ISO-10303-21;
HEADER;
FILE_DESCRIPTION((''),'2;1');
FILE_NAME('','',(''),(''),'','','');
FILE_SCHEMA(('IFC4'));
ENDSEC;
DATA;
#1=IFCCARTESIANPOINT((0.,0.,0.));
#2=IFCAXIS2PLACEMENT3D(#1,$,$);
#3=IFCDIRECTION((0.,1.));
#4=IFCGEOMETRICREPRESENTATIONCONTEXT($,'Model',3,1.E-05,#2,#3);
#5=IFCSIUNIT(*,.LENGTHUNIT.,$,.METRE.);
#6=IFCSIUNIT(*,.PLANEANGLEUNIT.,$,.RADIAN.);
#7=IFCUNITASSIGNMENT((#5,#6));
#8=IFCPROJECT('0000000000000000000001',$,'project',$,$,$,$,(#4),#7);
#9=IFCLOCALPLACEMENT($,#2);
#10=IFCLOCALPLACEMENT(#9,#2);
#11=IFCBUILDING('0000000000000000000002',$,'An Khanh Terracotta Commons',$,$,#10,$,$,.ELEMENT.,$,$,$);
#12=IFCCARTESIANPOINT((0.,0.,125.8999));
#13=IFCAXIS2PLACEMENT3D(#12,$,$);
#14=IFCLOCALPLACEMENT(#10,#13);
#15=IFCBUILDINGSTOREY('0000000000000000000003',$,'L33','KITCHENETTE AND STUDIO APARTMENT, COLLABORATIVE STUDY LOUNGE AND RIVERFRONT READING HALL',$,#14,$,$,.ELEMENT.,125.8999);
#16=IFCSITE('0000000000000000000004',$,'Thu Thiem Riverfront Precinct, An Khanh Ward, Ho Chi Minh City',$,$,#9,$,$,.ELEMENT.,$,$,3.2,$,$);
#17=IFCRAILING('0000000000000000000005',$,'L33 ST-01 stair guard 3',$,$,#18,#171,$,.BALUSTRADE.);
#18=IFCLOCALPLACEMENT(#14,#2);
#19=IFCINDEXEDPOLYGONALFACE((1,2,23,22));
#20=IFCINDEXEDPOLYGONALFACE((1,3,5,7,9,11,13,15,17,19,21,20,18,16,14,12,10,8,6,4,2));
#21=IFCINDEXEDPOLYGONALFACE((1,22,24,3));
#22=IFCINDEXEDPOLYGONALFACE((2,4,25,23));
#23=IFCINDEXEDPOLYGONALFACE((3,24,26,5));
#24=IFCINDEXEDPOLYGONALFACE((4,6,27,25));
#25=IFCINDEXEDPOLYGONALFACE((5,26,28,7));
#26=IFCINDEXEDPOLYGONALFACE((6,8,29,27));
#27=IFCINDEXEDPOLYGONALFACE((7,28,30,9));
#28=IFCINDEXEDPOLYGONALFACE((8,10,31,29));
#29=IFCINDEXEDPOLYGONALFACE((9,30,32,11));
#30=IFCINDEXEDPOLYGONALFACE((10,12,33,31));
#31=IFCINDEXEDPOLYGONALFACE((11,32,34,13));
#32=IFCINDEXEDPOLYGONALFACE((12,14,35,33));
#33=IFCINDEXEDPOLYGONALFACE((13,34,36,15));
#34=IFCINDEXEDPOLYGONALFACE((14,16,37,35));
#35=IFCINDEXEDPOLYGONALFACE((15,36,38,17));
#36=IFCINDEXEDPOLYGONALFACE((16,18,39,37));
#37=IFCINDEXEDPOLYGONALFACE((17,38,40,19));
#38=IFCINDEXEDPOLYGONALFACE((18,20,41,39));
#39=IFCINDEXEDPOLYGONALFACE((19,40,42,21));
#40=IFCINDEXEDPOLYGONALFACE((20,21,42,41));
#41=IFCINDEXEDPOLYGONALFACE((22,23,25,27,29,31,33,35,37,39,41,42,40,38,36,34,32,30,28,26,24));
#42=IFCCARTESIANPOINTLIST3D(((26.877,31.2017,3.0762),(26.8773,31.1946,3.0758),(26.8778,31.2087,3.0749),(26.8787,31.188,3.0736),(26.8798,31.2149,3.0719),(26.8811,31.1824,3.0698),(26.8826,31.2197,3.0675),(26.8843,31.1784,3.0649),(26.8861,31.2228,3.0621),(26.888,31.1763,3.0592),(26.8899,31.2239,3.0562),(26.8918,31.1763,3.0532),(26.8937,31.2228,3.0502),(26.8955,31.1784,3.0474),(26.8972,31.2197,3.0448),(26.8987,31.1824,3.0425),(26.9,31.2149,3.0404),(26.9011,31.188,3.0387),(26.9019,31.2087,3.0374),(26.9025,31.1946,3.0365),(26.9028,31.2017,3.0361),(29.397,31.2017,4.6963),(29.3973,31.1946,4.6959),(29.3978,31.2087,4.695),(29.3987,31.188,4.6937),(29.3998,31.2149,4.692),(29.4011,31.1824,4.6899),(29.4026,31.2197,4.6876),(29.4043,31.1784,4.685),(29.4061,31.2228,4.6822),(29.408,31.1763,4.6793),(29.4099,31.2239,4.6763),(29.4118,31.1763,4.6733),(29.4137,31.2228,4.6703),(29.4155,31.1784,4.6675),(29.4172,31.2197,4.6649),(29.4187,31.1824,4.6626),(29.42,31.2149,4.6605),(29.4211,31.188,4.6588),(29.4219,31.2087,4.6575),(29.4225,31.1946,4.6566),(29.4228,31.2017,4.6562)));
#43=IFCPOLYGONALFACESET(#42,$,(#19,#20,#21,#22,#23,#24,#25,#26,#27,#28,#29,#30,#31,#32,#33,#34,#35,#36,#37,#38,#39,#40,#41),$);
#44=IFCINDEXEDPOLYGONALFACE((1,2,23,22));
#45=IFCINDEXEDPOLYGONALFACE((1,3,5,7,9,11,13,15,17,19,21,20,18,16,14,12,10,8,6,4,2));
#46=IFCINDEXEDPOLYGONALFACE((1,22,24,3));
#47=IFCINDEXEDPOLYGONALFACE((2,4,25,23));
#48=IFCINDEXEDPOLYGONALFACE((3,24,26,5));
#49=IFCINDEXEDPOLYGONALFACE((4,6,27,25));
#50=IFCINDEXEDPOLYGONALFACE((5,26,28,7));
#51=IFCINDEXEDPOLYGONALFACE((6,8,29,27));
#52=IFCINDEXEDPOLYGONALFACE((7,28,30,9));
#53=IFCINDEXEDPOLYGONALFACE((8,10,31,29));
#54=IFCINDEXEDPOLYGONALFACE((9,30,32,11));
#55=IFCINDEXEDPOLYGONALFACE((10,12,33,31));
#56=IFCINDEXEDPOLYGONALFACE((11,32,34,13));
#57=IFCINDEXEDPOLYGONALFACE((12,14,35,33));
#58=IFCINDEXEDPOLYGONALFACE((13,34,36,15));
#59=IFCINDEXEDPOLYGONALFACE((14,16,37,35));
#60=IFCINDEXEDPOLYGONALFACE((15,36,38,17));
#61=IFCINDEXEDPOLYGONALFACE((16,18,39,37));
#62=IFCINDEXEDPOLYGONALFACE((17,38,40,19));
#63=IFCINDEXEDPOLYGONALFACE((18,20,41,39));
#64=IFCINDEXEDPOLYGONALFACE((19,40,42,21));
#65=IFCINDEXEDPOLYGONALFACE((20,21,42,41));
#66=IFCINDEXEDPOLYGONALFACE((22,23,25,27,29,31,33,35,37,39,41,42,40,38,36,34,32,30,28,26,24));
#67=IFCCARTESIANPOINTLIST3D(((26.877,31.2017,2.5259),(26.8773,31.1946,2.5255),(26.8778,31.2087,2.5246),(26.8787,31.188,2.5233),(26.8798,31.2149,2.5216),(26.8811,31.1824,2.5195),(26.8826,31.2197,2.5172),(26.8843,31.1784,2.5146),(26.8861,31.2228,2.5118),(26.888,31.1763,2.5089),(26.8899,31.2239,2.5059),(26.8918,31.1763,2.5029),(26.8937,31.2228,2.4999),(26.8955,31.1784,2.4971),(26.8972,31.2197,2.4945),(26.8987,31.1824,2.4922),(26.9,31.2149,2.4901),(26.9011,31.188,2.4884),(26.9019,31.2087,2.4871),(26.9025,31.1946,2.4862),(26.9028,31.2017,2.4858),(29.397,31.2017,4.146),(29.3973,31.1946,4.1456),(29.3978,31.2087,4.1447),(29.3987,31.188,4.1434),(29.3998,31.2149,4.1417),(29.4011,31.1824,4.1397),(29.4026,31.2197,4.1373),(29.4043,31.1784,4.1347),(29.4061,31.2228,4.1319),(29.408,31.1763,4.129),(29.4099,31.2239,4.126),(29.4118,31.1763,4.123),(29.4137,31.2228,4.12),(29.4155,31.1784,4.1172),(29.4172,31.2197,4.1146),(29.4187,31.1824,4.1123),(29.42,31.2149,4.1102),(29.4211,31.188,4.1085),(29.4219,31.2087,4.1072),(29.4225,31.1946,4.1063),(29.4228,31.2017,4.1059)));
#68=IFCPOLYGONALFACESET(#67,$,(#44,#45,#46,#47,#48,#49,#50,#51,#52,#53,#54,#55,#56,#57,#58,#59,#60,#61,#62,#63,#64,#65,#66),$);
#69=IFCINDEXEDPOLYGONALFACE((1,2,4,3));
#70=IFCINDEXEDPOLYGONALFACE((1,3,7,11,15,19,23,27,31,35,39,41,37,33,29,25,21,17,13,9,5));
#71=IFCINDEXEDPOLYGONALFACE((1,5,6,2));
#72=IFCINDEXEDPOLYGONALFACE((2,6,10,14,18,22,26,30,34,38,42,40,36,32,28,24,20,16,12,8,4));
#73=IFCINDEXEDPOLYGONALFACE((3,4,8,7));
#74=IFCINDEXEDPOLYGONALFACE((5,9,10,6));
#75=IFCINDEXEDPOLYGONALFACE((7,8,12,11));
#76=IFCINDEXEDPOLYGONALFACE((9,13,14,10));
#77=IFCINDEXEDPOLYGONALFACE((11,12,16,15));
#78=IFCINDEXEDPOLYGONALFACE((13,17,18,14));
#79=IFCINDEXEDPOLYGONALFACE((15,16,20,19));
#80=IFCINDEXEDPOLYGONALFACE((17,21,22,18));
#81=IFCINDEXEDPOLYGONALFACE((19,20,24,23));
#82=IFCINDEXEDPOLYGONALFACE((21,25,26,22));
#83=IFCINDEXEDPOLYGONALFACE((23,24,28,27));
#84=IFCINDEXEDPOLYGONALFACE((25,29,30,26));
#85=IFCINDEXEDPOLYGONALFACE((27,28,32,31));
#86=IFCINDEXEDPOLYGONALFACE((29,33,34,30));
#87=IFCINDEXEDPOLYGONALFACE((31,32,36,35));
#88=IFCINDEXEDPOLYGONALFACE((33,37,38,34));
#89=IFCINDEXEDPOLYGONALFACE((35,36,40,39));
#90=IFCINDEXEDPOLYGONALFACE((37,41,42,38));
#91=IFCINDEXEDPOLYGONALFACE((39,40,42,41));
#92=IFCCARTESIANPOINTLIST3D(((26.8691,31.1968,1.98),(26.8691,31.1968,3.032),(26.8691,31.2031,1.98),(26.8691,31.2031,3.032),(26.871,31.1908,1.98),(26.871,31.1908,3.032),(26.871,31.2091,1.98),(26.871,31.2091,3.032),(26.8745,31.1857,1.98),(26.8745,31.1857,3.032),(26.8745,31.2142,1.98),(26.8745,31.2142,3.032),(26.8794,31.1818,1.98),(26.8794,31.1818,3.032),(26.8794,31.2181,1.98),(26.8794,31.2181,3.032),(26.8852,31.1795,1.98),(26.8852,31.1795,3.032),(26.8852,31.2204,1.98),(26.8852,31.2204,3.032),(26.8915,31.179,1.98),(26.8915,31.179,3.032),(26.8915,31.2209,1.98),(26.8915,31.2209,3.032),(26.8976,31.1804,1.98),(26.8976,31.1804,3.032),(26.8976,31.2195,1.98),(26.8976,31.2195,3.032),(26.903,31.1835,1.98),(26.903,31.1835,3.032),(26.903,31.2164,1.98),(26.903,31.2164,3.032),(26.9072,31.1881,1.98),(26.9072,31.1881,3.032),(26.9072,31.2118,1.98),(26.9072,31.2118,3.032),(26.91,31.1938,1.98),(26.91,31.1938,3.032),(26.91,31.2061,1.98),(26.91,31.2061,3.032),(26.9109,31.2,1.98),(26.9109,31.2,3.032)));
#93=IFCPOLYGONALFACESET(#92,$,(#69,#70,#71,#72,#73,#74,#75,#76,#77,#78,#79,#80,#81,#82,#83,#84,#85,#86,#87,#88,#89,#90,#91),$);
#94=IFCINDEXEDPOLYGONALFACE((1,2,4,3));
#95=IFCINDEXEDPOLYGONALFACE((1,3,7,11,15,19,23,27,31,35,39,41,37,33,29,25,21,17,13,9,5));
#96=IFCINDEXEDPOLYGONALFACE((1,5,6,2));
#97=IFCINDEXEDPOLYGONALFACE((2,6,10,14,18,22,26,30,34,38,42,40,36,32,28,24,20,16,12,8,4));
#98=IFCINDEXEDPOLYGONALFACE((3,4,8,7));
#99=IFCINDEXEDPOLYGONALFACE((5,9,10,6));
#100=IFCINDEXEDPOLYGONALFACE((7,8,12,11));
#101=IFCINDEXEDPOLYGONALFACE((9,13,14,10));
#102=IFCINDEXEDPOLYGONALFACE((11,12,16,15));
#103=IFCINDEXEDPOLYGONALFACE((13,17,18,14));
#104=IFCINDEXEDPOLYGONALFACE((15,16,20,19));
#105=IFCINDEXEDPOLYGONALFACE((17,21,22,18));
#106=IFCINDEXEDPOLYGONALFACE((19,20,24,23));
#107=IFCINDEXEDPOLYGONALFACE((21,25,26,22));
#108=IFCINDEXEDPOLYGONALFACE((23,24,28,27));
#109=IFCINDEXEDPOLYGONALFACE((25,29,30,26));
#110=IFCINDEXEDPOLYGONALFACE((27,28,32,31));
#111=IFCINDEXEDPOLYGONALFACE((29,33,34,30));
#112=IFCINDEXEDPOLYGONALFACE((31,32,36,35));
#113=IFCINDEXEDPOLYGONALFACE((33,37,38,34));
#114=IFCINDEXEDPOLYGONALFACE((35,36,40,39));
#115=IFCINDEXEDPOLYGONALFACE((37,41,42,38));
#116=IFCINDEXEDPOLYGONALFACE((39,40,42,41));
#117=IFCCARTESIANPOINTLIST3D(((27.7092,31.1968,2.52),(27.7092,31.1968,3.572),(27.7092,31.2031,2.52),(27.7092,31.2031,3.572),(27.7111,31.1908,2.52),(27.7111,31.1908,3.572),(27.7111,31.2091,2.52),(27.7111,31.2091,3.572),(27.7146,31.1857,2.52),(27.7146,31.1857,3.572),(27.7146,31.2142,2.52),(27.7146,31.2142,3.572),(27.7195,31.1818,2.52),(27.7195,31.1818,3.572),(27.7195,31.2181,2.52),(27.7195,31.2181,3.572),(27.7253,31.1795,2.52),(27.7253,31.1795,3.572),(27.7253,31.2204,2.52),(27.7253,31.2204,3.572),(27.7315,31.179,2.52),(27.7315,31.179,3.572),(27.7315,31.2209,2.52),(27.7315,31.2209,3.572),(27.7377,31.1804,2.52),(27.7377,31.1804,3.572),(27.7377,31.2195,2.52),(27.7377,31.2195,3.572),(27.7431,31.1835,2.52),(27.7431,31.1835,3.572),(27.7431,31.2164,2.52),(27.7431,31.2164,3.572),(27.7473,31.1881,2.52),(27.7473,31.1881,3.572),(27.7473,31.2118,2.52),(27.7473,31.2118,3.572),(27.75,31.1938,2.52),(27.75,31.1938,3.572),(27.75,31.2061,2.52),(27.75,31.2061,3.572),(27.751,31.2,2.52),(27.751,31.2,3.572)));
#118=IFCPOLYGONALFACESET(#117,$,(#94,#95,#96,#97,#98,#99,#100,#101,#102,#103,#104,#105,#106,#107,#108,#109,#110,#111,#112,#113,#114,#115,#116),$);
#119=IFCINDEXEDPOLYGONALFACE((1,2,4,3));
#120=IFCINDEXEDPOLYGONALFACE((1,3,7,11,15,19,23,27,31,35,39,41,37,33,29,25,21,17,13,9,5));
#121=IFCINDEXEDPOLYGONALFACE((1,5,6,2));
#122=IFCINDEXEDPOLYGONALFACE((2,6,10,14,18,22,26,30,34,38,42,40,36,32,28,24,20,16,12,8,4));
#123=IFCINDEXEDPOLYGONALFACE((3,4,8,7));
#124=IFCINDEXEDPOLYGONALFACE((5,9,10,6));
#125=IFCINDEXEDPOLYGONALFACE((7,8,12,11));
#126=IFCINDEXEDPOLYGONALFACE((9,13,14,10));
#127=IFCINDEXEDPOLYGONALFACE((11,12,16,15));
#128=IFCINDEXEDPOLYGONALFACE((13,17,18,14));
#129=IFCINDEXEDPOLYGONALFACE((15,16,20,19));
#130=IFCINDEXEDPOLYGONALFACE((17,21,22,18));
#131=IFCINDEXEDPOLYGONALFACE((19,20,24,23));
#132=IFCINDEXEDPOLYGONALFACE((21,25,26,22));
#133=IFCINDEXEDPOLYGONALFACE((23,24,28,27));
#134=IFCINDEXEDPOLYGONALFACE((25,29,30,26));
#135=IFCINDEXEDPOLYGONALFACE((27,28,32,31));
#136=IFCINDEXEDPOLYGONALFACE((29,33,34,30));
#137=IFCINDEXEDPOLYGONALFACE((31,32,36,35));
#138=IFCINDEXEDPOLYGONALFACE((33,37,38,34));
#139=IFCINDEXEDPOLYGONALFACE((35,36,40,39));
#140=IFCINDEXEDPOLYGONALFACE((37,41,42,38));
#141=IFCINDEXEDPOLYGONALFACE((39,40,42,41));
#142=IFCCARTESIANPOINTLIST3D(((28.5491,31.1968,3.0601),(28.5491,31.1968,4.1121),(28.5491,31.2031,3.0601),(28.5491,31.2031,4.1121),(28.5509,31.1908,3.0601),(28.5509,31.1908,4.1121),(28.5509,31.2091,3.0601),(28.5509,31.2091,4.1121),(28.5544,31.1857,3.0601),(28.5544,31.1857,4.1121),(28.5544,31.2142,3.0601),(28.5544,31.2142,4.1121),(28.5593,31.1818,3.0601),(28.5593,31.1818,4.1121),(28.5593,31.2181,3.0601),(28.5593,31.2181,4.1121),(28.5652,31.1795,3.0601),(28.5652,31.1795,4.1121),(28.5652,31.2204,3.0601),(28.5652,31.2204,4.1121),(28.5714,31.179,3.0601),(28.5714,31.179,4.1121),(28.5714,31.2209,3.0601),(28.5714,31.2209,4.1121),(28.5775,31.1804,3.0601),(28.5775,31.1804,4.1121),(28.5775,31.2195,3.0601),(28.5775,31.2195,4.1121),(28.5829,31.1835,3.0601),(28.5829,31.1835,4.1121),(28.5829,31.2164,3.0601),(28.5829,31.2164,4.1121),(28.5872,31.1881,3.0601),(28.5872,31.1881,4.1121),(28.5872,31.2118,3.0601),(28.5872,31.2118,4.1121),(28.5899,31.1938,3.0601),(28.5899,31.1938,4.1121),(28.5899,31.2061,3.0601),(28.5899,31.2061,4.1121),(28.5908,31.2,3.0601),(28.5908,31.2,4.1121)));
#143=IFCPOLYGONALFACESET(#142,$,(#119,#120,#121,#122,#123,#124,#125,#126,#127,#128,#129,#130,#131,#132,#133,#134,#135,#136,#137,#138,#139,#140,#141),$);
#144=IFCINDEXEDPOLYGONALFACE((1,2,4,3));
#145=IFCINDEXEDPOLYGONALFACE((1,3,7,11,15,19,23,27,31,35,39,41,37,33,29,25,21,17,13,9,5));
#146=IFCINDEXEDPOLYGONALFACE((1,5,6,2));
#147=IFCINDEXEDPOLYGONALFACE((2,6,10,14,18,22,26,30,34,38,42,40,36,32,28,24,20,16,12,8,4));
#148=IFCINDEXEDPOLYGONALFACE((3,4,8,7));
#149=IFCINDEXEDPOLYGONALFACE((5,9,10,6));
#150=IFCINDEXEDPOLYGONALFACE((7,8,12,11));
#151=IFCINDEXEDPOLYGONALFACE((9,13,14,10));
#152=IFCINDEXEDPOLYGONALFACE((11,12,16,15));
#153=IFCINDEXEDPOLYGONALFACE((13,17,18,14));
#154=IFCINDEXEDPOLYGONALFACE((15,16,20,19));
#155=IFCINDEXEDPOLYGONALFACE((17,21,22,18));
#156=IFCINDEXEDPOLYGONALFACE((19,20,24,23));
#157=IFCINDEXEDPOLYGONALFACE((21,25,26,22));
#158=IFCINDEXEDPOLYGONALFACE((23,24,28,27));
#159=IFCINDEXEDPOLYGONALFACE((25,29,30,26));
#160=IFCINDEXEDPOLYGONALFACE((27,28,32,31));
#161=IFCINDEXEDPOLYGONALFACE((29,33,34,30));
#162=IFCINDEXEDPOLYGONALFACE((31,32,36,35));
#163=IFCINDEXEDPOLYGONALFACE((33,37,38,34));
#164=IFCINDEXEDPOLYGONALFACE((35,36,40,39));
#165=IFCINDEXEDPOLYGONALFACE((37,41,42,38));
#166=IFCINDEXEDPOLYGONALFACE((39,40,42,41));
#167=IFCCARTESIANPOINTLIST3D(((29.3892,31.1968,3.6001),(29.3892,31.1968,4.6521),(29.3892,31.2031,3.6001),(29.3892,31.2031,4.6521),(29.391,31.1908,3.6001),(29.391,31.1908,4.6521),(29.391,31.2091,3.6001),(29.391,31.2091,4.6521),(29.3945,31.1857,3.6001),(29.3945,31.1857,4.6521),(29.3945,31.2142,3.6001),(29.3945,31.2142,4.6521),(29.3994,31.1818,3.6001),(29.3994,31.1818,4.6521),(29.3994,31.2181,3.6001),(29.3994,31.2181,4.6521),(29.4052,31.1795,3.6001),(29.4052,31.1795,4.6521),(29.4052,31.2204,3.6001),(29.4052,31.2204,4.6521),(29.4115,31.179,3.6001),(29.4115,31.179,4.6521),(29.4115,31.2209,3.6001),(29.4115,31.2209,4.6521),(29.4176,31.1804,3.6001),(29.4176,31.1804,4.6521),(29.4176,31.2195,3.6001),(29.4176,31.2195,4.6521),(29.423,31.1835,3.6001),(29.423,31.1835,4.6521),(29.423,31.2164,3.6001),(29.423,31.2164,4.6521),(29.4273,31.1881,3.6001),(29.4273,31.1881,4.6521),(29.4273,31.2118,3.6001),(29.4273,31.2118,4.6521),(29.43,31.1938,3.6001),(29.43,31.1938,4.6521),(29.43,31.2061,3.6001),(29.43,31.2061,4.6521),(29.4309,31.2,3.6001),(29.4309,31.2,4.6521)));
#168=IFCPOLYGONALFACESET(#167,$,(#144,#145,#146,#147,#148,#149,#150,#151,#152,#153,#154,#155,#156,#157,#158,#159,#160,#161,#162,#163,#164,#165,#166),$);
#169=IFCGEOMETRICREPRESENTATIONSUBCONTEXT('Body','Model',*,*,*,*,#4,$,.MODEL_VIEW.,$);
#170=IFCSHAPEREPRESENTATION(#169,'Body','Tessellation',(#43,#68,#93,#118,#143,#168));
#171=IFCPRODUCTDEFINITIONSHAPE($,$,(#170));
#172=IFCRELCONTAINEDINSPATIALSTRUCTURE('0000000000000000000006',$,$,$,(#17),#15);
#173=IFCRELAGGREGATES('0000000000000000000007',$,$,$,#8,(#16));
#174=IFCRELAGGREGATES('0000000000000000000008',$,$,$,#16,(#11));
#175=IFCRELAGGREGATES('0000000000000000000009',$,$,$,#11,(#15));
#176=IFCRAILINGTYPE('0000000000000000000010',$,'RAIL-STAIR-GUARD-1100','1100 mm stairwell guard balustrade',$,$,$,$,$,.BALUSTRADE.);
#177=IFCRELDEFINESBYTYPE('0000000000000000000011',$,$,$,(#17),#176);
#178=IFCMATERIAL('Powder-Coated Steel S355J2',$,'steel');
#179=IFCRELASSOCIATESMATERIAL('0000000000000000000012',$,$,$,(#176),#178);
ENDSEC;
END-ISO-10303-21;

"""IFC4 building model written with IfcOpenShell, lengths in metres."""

from ifc_helpers import new_model, si_unit, direction, frame, origin, origin_2d, place, context, subcontext, project, spatial, circle, extrude, material, type_object, element, save


model = new_model("IFC4")

# Units and contexts
model_context = context("Model", 3, precision=1e-05, world=origin(), true_north=direction((0.0, 1.0)))
body_context = subcontext(model_context, "Body", "Model", "MODEL_VIEW")
ifc_project = project(units=[si_unit("LENGTHUNIT", "METRE"), si_unit("PLANEANGLEUNIT", "RADIAN")], contexts=[model_context])

# Site, building, storey
site_placement = place(None, origin())
site = spatial("IfcSite", under=ifc_project, at=site_placement, Name="Thu Thiem Riverfront Precinct, An Khanh Ward, Ho Chi Minh City", CompositionType="ELEMENT", RefElevation=3.2)
building_placement = place(site_placement, origin())
building = spatial("IfcBuilding", under=site, at=building_placement, Name="An Khanh Terracotta Commons", CompositionType="ELEMENT")
storey_placement = place(building_placement, frame((0.0, 0.0, 125.8999)))
storey = spatial("IfcBuildingStorey", under=building, at=storey_placement, Name="L33", Description="KITCHENETTE AND STUDIO APARTMENT, COLLABORATIVE STUDY LOUNGE AND RIVERFRONT READING HALL", CompositionType="ELEMENT", Elevation=125.8999)

# Railing
ifc_material_1 = material(Name="Powder-Coated Steel S355J2", Category="steel")
railing_type_1 = type_object("IfcRailingType", Name="RAIL-STAIR-GUARD-1100", Description="1100 mm stairwell guard balustrade", PredefinedType="BALUSTRADE", material=ifc_material_1)
railing_1_placement = place(storey_placement, frame((26.8899, 31.2, 1.98)))
element("IfcRailing", 1, at=railing_1_placement, inside=storey, type_object=railing_type_1, Name="L33 ST-01 stair guard 3", PredefinedType="BALUSTRADE", context=body_context, shape_type="SweptSolid", body=[
    extrude(circle(Radius=0.0239, at=origin_2d()), frame((0.0, 0.0, 1.0762), z_axis=(0.841163, 0.0, 0.540782), x_axis=(0.0, 1.0, 0.0)), (0.0, 0.0, 1.0), 2.9958),
    extrude(circle(Radius=0.0239, at=origin_2d()), frame((0.0, 0.0, 0.5259), z_axis=(0.841163, 0.0, 0.540782), x_axis=(0.0, 1.0, 0.0)), (0.0, 0.0, 1.0), 2.9958),
    extrude(circle(Radius=0.021, at=origin_2d()), origin(), (0.0, 0.0, 1.0), 1.052),
    extrude(circle(Radius=0.021, at=origin_2d()), frame((0.8401, 0.0, 0.54)), (0.0, 0.0, 1.0), 1.052),
    extrude(circle(Radius=0.021, at=origin_2d()), frame((1.6799, 0.0, 1.0801)), (0.0, 0.0, 1.0), 1.052),
    extrude(circle(Radius=0.021, at=origin_2d()), frame((2.52, 0.0, 1.6201)), (0.0, 0.0, 1.0), 1.052),
])

save(model, "model.ifc")
